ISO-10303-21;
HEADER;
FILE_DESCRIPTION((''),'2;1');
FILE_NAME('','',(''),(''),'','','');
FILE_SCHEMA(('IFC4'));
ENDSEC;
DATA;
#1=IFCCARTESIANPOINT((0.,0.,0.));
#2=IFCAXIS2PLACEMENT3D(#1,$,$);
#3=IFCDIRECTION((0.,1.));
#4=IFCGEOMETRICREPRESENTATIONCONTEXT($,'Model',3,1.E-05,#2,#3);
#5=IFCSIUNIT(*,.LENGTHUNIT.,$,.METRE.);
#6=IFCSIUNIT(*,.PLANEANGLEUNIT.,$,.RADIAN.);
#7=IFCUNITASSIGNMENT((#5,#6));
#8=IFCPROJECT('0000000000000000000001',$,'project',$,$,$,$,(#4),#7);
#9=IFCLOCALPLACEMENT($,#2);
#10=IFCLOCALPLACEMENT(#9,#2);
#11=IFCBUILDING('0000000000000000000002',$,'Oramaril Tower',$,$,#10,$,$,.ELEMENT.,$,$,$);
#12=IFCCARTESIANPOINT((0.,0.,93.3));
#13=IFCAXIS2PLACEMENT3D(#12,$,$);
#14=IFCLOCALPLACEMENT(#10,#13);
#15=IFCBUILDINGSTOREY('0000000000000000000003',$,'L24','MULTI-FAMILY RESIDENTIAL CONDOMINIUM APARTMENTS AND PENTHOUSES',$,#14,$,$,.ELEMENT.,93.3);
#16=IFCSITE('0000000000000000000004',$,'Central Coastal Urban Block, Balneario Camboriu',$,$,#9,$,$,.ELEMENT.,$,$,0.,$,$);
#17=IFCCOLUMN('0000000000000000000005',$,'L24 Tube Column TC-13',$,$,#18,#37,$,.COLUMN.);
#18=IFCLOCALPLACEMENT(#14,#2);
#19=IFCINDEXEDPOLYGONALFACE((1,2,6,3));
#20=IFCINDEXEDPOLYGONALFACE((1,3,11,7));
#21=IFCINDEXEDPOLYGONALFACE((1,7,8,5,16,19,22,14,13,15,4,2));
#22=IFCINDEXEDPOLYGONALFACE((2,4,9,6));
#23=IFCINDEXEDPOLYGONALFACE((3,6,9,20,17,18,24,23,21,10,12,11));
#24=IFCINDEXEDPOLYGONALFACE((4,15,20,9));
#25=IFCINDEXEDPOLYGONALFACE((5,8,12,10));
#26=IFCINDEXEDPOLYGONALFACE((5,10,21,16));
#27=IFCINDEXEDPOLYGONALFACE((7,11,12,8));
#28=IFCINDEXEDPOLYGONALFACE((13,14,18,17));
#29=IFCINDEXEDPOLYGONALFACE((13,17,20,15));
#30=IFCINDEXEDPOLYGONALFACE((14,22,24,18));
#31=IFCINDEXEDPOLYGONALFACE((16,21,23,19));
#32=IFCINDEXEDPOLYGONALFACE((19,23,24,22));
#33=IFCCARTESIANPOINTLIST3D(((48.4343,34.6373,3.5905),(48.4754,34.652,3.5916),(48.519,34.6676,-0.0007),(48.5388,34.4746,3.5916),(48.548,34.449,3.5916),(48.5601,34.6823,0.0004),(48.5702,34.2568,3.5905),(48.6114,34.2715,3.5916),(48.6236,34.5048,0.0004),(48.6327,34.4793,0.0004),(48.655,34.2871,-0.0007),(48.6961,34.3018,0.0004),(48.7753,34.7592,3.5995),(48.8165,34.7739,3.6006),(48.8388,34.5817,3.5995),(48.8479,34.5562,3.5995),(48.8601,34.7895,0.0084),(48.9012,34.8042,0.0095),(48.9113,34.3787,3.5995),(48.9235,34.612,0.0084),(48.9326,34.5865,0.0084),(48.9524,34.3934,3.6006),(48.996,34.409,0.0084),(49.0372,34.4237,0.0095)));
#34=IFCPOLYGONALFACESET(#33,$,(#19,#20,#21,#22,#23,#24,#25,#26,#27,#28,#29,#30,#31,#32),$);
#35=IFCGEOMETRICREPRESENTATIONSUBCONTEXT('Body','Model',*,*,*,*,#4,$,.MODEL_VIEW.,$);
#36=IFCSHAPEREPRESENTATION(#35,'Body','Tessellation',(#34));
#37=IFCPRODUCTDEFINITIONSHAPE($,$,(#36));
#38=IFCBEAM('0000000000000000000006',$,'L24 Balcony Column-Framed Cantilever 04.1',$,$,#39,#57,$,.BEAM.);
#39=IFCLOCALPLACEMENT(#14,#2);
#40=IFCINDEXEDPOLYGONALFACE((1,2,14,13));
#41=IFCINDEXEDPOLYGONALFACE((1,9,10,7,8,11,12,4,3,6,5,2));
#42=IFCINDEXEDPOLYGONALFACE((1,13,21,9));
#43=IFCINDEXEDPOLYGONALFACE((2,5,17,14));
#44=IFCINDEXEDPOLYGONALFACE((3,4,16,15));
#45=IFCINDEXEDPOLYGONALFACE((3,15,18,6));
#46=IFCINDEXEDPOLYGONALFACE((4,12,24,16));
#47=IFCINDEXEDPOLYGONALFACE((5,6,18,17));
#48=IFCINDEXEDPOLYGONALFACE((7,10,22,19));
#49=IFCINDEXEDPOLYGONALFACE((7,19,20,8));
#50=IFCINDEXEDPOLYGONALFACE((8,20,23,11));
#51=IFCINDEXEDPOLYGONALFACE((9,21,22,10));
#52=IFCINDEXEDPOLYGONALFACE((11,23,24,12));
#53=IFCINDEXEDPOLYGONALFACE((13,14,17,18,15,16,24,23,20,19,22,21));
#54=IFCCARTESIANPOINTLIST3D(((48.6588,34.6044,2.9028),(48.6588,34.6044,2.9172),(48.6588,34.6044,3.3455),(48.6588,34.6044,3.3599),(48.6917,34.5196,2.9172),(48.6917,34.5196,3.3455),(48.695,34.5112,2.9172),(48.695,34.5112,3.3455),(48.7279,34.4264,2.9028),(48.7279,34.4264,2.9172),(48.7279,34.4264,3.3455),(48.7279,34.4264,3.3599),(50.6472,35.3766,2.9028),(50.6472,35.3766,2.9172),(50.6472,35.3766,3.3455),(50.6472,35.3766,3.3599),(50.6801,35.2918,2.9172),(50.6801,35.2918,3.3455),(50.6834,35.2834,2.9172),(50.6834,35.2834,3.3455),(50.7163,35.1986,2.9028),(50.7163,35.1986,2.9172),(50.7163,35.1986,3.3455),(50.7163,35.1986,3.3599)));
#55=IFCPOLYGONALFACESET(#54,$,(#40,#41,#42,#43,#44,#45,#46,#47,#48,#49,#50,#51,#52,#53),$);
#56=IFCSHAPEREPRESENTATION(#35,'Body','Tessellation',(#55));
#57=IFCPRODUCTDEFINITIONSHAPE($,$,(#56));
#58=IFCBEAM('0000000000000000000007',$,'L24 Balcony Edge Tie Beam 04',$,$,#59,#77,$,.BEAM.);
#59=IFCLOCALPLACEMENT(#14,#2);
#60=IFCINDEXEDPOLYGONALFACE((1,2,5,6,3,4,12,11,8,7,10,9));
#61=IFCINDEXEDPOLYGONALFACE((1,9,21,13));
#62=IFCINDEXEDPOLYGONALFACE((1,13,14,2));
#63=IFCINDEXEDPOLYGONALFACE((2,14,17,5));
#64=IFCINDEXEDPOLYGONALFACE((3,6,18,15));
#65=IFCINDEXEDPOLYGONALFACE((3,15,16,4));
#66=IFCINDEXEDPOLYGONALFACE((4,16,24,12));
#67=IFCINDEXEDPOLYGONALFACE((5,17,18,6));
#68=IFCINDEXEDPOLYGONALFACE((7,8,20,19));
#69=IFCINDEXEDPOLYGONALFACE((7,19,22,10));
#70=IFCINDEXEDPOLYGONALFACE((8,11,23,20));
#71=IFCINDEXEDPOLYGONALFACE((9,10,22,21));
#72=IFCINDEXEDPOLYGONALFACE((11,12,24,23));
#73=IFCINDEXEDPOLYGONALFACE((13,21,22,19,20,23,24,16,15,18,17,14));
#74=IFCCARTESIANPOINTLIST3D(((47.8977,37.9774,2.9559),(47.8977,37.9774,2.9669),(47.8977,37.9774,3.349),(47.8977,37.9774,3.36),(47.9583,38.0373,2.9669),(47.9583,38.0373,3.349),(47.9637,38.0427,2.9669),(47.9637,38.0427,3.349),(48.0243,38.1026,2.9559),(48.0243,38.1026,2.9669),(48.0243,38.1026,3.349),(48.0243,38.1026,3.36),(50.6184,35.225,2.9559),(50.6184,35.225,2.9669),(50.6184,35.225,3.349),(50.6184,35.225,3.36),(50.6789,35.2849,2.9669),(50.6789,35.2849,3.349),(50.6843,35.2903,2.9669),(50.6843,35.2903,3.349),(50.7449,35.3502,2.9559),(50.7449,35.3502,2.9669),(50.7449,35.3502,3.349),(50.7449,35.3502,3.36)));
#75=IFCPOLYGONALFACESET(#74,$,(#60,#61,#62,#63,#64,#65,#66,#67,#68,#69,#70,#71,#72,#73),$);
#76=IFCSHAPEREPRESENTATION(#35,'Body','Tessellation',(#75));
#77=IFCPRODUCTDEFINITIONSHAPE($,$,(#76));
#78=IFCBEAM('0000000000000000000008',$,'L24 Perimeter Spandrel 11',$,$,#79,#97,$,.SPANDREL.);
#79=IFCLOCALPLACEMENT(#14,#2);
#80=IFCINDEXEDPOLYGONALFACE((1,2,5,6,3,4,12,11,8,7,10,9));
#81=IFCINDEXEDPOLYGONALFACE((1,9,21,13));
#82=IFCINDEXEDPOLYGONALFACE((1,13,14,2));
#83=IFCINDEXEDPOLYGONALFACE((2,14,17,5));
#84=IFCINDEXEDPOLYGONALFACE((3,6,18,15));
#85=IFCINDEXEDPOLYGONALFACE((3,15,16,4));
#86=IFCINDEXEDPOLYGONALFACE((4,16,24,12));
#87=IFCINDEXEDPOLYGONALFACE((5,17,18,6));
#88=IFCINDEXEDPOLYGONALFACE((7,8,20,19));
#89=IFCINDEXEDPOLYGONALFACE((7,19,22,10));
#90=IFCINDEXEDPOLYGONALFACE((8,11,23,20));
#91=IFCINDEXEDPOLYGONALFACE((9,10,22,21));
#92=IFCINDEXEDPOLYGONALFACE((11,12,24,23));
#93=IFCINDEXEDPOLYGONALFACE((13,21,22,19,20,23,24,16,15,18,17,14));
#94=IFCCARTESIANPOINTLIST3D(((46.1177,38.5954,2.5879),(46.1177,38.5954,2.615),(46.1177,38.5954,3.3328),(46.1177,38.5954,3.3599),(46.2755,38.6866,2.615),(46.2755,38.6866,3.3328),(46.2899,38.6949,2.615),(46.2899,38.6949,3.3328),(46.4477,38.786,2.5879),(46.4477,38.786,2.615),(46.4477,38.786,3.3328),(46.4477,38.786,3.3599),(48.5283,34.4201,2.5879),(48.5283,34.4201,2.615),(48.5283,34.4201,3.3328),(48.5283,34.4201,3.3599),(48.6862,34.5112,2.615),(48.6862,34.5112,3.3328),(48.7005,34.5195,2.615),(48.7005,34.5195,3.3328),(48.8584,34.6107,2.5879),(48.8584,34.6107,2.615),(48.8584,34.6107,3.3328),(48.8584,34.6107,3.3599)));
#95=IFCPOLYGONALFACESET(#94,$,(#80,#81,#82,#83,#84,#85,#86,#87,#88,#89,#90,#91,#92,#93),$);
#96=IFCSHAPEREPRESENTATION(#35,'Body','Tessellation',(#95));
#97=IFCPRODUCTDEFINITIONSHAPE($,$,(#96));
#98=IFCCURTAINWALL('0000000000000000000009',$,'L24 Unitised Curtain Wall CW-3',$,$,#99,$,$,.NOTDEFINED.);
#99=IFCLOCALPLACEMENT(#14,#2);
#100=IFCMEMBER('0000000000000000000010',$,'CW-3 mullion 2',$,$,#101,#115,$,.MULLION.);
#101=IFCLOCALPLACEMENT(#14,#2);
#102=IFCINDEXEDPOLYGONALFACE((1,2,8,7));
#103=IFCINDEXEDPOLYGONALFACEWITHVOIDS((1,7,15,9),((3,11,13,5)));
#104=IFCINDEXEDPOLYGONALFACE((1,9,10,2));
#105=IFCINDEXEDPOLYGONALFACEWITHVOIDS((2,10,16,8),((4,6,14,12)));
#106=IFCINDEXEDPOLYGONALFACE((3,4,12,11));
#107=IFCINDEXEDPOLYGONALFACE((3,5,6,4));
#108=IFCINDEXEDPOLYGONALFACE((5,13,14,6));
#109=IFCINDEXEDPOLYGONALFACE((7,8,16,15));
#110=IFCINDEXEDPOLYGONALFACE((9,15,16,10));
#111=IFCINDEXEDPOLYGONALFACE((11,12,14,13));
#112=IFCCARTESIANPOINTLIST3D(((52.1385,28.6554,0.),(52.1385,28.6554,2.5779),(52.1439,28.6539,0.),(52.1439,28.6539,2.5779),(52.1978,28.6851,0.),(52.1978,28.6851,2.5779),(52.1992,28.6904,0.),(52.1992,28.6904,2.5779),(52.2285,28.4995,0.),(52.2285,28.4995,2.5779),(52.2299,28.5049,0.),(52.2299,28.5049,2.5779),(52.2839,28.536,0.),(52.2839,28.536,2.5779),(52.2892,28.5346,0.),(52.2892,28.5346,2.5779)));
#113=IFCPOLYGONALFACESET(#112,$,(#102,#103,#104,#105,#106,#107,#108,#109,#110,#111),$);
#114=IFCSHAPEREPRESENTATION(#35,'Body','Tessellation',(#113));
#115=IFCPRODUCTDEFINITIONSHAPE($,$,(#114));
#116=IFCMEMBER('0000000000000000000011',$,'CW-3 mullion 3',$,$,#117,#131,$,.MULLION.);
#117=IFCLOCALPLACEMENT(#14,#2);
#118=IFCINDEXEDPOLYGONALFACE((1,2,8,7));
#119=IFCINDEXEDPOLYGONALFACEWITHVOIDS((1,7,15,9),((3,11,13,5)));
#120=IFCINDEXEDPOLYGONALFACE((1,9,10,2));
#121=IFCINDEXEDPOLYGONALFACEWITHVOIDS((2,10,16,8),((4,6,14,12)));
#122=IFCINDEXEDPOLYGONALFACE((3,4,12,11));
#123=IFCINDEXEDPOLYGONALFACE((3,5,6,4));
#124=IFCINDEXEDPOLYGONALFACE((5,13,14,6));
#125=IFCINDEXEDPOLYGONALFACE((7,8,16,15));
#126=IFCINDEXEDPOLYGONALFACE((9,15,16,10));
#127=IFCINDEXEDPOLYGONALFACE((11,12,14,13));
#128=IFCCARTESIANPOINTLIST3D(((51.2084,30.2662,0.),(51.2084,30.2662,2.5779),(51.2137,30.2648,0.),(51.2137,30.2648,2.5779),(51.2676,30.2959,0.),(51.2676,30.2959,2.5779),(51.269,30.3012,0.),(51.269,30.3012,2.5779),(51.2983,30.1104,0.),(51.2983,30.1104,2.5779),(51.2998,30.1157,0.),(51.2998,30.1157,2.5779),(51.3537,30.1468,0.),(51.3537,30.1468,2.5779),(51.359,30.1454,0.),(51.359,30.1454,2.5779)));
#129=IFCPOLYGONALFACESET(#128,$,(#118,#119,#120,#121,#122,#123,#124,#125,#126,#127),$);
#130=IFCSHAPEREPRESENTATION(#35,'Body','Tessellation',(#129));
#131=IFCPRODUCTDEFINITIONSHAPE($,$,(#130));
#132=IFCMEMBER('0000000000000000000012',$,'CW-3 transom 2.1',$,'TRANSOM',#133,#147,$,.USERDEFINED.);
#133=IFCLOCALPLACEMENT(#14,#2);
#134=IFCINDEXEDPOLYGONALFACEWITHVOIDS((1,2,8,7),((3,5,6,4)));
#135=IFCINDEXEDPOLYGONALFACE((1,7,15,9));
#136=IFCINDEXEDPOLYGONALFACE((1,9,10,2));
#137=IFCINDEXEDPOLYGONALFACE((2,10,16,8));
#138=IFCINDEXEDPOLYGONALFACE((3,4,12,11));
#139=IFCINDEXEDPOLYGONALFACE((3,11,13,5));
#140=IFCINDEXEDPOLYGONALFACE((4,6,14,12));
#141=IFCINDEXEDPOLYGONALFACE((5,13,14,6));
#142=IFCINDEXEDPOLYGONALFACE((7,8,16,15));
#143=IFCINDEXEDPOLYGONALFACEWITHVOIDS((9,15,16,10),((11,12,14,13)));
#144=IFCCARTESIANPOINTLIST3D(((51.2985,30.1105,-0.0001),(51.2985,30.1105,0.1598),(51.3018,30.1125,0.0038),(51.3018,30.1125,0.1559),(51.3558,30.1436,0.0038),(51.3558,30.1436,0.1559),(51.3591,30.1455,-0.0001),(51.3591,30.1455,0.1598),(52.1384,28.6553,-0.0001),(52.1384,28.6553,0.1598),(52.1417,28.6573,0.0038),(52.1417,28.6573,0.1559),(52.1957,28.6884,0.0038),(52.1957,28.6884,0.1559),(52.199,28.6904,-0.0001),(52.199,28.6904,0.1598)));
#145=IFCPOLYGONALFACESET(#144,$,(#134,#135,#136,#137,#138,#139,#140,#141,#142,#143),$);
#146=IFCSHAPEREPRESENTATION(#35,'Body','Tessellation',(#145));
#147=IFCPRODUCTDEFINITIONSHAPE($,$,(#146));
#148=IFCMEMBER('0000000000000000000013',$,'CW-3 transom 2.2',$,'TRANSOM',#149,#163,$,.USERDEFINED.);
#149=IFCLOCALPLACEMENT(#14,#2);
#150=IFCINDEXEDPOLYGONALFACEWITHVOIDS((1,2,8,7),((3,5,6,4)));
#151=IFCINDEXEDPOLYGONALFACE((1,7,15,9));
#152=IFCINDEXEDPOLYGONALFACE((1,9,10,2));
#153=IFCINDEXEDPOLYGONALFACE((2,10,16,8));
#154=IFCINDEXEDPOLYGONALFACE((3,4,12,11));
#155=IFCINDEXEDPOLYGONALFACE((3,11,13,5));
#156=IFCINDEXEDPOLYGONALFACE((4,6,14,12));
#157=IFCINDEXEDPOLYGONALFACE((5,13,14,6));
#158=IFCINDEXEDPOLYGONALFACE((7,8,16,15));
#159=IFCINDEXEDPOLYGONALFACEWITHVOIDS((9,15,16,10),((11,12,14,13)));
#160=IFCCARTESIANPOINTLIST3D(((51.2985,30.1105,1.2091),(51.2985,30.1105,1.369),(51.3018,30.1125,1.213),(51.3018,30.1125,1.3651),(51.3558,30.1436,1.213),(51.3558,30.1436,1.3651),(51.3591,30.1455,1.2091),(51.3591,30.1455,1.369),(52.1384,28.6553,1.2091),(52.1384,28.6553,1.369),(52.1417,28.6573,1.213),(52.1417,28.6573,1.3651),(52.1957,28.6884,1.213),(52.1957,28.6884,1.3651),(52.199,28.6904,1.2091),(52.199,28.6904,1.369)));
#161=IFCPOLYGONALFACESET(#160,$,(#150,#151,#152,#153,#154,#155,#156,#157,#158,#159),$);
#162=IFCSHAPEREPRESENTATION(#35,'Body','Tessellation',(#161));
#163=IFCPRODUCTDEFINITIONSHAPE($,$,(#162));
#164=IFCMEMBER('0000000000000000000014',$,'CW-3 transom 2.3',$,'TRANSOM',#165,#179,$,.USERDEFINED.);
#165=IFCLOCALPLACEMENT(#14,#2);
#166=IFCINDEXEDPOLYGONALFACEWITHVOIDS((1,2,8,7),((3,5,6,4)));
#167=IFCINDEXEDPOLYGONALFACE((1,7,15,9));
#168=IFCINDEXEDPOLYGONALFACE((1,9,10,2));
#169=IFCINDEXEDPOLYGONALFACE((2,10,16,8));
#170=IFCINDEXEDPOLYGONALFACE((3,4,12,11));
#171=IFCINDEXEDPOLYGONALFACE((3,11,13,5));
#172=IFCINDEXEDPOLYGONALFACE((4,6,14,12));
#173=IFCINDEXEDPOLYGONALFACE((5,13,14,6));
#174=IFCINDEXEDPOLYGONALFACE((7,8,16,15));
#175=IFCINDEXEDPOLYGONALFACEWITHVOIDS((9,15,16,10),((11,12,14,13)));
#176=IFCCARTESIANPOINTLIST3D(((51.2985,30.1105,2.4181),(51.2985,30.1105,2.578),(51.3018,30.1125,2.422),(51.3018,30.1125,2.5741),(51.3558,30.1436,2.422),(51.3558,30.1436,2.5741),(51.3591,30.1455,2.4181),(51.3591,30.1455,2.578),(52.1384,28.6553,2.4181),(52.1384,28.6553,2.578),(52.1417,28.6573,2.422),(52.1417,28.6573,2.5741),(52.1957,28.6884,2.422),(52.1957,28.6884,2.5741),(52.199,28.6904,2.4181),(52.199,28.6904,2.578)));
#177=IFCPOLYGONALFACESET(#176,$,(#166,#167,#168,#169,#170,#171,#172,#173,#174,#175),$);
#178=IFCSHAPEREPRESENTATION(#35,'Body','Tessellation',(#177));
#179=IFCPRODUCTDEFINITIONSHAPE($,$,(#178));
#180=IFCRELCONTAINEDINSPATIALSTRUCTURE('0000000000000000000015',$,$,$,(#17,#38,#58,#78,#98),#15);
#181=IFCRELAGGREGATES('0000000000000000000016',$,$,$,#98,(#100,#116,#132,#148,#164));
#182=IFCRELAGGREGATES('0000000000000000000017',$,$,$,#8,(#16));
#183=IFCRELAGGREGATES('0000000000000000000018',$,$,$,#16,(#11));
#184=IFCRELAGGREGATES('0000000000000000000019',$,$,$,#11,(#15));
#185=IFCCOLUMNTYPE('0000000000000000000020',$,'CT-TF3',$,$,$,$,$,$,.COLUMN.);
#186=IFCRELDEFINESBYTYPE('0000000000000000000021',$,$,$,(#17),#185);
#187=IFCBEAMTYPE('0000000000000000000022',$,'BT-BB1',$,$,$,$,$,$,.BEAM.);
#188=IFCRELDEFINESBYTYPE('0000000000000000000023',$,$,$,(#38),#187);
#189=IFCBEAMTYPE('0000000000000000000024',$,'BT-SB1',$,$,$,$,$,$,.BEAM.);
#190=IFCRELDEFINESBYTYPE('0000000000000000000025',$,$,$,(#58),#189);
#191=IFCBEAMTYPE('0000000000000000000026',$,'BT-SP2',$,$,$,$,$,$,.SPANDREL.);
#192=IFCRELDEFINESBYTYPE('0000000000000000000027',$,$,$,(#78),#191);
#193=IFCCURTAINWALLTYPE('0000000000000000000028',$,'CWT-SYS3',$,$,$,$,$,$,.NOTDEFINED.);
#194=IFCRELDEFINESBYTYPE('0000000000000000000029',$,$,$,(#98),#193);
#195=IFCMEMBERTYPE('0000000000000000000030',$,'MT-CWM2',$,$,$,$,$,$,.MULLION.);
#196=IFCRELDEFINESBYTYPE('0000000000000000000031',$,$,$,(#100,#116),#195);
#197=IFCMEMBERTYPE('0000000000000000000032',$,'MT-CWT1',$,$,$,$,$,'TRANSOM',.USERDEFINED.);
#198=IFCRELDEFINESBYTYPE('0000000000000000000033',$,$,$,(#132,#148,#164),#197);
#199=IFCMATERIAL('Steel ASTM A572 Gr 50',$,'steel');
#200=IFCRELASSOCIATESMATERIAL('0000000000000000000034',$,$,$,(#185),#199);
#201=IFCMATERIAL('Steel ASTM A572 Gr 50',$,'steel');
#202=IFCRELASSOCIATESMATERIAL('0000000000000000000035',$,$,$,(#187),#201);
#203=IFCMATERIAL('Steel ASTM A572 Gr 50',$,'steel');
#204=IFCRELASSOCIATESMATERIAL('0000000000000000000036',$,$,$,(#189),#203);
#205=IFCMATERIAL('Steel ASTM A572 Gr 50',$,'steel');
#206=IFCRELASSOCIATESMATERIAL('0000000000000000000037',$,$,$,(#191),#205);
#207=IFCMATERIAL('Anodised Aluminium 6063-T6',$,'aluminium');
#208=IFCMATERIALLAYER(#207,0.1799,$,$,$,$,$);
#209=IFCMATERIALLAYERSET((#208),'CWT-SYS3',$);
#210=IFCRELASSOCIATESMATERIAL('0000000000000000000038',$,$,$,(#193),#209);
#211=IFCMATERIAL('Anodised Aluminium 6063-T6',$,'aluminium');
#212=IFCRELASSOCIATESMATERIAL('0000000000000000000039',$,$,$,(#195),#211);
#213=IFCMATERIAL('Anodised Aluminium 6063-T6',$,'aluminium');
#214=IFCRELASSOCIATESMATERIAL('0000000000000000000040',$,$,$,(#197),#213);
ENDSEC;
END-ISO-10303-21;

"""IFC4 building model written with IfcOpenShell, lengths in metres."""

from ifc_helpers import new_model, si_unit, direction, frame, origin, origin_2d, place, context, subcontext, project, spatial, hollow_rectangle, i_section, extrude, material, layer, layer_set, material_profile, profile_set, type_object, element, aggregate, save


model = new_model("IFC4")

# Units and contexts
model_context = context("Model", 3, precision=1e-05, world=origin(), true_north=direction((0.0, 1.0)))
body_context = subcontext(model_context, "Body", "Model", "MODEL_VIEW")
ifc_project = project(units=[si_unit("LENGTHUNIT", "METRE"), si_unit("PLANEANGLEUNIT", "RADIAN")], contexts=[model_context])

# Site, building, storey
site_placement = place(None, origin())
site = spatial("IfcSite", under=ifc_project, at=site_placement, Name="Central Coastal Urban Block, Balneario Camboriu", CompositionType="ELEMENT", RefElevation=0.0)
building_placement = place(site_placement, origin())
building = spatial("IfcBuilding", under=site, at=building_placement, Name="Oramaril Tower", CompositionType="ELEMENT")
storey_placement = place(building_placement, frame((0.0, 0.0, 93.3)))
storey = spatial("IfcBuildingStorey", under=building, at=storey_placement, Name="L24", Description="MULTI-FAMILY RESIDENTIAL CONDOMINIUM APARTMENTS AND PENTHOUSES", CompositionType="ELEMENT", Elevation=93.3)

# Column
ifc_material_1 = material(Name="Steel ASTM A572 Gr 50", Category="steel")
ifc_material_profile_1 = material_profile(ifc_material_1, i_section(OverallWidth=0.4041, OverallDepth=0.406, WebThickness=0.0271, FlangeThickness=0.0437, at=origin_2d()), Name="W14X233")
ifc_profile_set_1 = profile_set([ifc_material_profile_1], Name="Steel ASTM A572 Gr 50")
column_type = type_object("IfcColumnType", Name="CT-TF3", PredefinedType="COLUMN", material=ifc_profile_set_1)
column_placement = place(storey_placement, frame((48.7781, 34.5457, 0.0044), z_axis=(-0.023584, -0.008428, 0.999686), x_axis=(0.336508, -0.94168, 0.0)))
element("IfcColumn", 1, at=column_placement, inside=storey, type_object=column_type, Name="L24 Tube Column TC-13", PredefinedType="COLUMN", context=body_context, shape_type="SweptSolid", body=[
    extrude(i_section(OverallWidth=0.4041, OverallDepth=0.406, WebThickness=0.0271, FlangeThickness=0.0437, at=origin_2d()), origin(), (0.0, 0.0, 1.0), 3.5923),
])

# Beams
ifc_material_2 = material(Name="Steel ASTM A572 Gr 50", Category="steel")
ifc_material_profile_2 = material_profile(ifc_material_2, i_section(OverallWidth=0.1909, OverallDepth=0.457, WebThickness=0.009, FlangeThickness=0.0144, at=origin_2d()), Name="W18X50")
ifc_profile_set_2 = profile_set([ifc_material_profile_2], Name="Steel ASTM A572 Gr 50")
beam_type_1 = type_object("IfcBeamType", Name="BT-BB1", PredefinedType="BEAM", material=ifc_profile_set_2)
beam_1_placement = place(storey_placement, frame((48.6934, 34.5154, 3.1313), z_axis=(0.932164, 0.362037, 0.0), x_axis=(-0.362037, 0.932164, 0.0)))
element("IfcBeam", 2, at=beam_1_placement, inside=storey, type_object=beam_type_1, Name="L24 Balcony Column-Framed Cantilever 04.1", PredefinedType="BEAM", context=body_context, shape_type="SweptSolid", body=[
    extrude(i_section(OverallWidth=0.1909, OverallDepth=0.457, WebThickness=0.009, FlangeThickness=0.0144, at=origin_2d()), origin(), (0.0, 0.0, 1.0), 2.1331),
])
ifc_material_3 = material(Name="Steel ASTM A572 Gr 50", Category="steel")
ifc_material_profile_3 = material_profile(ifc_material_3, i_section(OverallWidth=0.178, OverallDepth=0.4041, WebThickness=0.0076, FlangeThickness=0.011, at=origin_2d()), Name="W16X36")
ifc_profile_set_3 = profile_set([ifc_material_profile_3], Name="Steel ASTM A572 Gr 50")
beam_type_2 = type_object("IfcBeamType", Name="BT-SB1", PredefinedType="BEAM", material=ifc_profile_set_3)
beam_2_placement = place(storey_placement, frame((50.6816, 35.2876, 3.158), z_axis=(-0.702995, 0.711195, 0.0), x_axis=(-0.711195, -0.702995, 0.0)))
element("IfcBeam", 3, at=beam_2_placement, inside=storey, type_object=beam_type_2, Name="L24 Balcony Edge Tie Beam 04", PredefinedType="BEAM", context=body_context, shape_type="SweptSolid", body=[
    extrude(i_section(OverallWidth=0.178, OverallDepth=0.4041, WebThickness=0.0076, FlangeThickness=0.011, at=origin_2d()), origin(), (0.0, 0.0, 1.0), 3.8701),
])
ifc_material_4 = material(Name="Steel ASTM A572 Gr 50", Category="steel")
ifc_material_profile_4 = material_profile(ifc_material_4, i_section(OverallWidth=0.3811, OverallDepth=0.772, WebThickness=0.0166, FlangeThickness=0.0271, at=origin_2d()), Name="W30X173")
ifc_profile_set_4 = profile_set([ifc_material_profile_4], Name="Steel ASTM A572 Gr 50")
beam_type_3 = type_object("IfcBeamType", Name="BT-SP2", PredefinedType="SPANDREL", material=ifc_profile_set_4)
beam_3_placement = place(storey_placement, frame((48.6934, 34.5154, 2.9739), z_axis=(-0.500006, 0.866022, 0.0), x_axis=(-0.866022, -0.500006, 0.0)))
element("IfcBeam", 4, at=beam_3_placement, inside=storey, type_object=beam_type_3, Name="L24 Perimeter Spandrel 11", PredefinedType="SPANDREL", context=body_context, shape_type="SweptSolid", body=[
    extrude(i_section(OverallWidth=0.3811, OverallDepth=0.772, WebThickness=0.0166, FlangeThickness=0.0271, at=origin_2d()), origin(), (0.0, 0.0, 1.0), 4.8213),
])

# Curtain wall, members
ifc_material_5 = material(Name="Anodised Aluminium 6063-T6", Category="aluminium")
ifc_layer_1 = layer(ifc_material_5, 0.1799)
ifc_layer_set_1 = layer_set([ifc_layer_1], Name="CWT-SYS3")
curtain_wall_type = type_object("IfcCurtainWallType", Name="CWT-SYS3", PredefinedType="NOTDEFINED", material=ifc_layer_set_1)
curtain_wall_placement = place(storey_placement, origin())
curtain_wall = element("IfcCurtainWall", 5, at=curtain_wall_placement, inside=storey, type_object=curtain_wall_type, Name="L24 Unitised Curtain Wall CW-3", PredefinedType="NOTDEFINED")
ifc_material_6 = material(Name="Anodised Aluminium 6063-T6", Category="aluminium")
ifc_material_profile_5 = material_profile(ifc_material_6, hollow_rectangle(XDim=0.0701, YDim=0.1799, WallThickness=0.0039, at=origin_2d()), Name="CWM180X70")
ifc_profile_set_5 = profile_set([ifc_material_profile_5], Name="Anodised Aluminium 6063-T6")
member_type_1 = type_object("IfcMemberType", Name="MT-CWM2", PredefinedType="MULLION", material=ifc_profile_set_5)
member_1_placement = place(storey_placement, frame((52.2139, 28.595, 0.0), z_axis=(0.0, 0.0, 1.0), x_axis=(-0.866025, -0.5, 0.0)))
member_1 = element("IfcMember", 6, at=member_1_placement, type_object=member_type_1, Name="CW-3 mullion 2", PredefinedType="MULLION", context=body_context, shape_type="SweptSolid", body=[
    extrude(hollow_rectangle(XDim=0.0701, YDim=0.1799, WallThickness=0.0039, at=origin_2d()), origin(), (0.0, 0.0, 1.0), 2.5779),
])
member_2_placement = place(storey_placement, frame((51.2837, 30.2058, 0.0), z_axis=(0.0, 0.0, 1.0), x_axis=(-0.866025, -0.5, 0.0)))
member_2 = element("IfcMember", 7, at=member_2_placement, type_object=member_type_1, Name="CW-3 mullion 3", PredefinedType="MULLION", context=body_context, shape_type="SweptSolid", body=[
    extrude(hollow_rectangle(XDim=0.0701, YDim=0.1799, WallThickness=0.0039, at=origin_2d()), origin(), (0.0, 0.0, 1.0), 2.5779),
])
ifc_material_7 = material(Name="Anodised Aluminium 6063-T6", Category="aluminium")
ifc_material_profile_6 = material_profile(ifc_material_7, hollow_rectangle(XDim=0.0701, YDim=0.1599, WallThickness=0.0039, at=origin_2d()), Name="CWT160X70")
ifc_profile_set_6 = profile_set([ifc_material_profile_6], Name="Anodised Aluminium 6063-T6")
member_type_2 = type_object("IfcMemberType", Name="MT-CWT1", ElementType="TRANSOM", PredefinedType="USERDEFINED", material=ifc_profile_set_6)
member_3_placement = place(storey_placement, frame((52.1687, 28.6729, 0.0798), z_axis=(-0.49989, 0.866089, 0.0), x_axis=(-0.866089, -0.49989, 0.0)))
member_3 = element("IfcMember", 8, at=member_3_placement, type_object=member_type_2, Name="CW-3 transom 2.1", ObjectType="TRANSOM", PredefinedType="USERDEFINED", context=body_context, shape_type="SweptSolid", body=[
    extrude(hollow_rectangle(XDim=0.0701, YDim=0.1599, WallThickness=0.0039, at=origin_2d()), origin(), (0.0, 0.0, 1.0), 1.6802),
])
member_4_placement = place(storey_placement, frame((52.1687, 28.6729, 1.2891), z_axis=(-0.49989, 0.866089, 0.0), x_axis=(-0.866089, -0.49989, 0.0)))
member_4 = element("IfcMember", 9, at=member_4_placement, type_object=member_type_2, Name="CW-3 transom 2.2", ObjectType="TRANSOM", PredefinedType="USERDEFINED", context=body_context, shape_type="SweptSolid", body=[
    extrude(hollow_rectangle(XDim=0.0701, YDim=0.1599, WallThickness=0.0039, at=origin_2d()), origin(), (0.0, 0.0, 1.0), 1.6802),
])
member_5_placement = place(storey_placement, frame((52.1687, 28.6729, 2.498), z_axis=(-0.49989, 0.866089, 0.0), x_axis=(-0.866089, -0.49989, 0.0)))
member_5 = element("IfcMember", 10, at=member_5_placement, type_object=member_type_2, Name="CW-3 transom 2.3", ObjectType="TRANSOM", PredefinedType="USERDEFINED", context=body_context, shape_type="SweptSolid", body=[
    extrude(hollow_rectangle(XDim=0.0701, YDim=0.1599, WallThickness=0.0039, at=origin_2d()), origin(), (0.0, 0.0, 1.0), 1.6802),
])
aggregate(curtain_wall, [member_1, member_2, member_3, member_4, member_5])

save(model, "model.ifc")
